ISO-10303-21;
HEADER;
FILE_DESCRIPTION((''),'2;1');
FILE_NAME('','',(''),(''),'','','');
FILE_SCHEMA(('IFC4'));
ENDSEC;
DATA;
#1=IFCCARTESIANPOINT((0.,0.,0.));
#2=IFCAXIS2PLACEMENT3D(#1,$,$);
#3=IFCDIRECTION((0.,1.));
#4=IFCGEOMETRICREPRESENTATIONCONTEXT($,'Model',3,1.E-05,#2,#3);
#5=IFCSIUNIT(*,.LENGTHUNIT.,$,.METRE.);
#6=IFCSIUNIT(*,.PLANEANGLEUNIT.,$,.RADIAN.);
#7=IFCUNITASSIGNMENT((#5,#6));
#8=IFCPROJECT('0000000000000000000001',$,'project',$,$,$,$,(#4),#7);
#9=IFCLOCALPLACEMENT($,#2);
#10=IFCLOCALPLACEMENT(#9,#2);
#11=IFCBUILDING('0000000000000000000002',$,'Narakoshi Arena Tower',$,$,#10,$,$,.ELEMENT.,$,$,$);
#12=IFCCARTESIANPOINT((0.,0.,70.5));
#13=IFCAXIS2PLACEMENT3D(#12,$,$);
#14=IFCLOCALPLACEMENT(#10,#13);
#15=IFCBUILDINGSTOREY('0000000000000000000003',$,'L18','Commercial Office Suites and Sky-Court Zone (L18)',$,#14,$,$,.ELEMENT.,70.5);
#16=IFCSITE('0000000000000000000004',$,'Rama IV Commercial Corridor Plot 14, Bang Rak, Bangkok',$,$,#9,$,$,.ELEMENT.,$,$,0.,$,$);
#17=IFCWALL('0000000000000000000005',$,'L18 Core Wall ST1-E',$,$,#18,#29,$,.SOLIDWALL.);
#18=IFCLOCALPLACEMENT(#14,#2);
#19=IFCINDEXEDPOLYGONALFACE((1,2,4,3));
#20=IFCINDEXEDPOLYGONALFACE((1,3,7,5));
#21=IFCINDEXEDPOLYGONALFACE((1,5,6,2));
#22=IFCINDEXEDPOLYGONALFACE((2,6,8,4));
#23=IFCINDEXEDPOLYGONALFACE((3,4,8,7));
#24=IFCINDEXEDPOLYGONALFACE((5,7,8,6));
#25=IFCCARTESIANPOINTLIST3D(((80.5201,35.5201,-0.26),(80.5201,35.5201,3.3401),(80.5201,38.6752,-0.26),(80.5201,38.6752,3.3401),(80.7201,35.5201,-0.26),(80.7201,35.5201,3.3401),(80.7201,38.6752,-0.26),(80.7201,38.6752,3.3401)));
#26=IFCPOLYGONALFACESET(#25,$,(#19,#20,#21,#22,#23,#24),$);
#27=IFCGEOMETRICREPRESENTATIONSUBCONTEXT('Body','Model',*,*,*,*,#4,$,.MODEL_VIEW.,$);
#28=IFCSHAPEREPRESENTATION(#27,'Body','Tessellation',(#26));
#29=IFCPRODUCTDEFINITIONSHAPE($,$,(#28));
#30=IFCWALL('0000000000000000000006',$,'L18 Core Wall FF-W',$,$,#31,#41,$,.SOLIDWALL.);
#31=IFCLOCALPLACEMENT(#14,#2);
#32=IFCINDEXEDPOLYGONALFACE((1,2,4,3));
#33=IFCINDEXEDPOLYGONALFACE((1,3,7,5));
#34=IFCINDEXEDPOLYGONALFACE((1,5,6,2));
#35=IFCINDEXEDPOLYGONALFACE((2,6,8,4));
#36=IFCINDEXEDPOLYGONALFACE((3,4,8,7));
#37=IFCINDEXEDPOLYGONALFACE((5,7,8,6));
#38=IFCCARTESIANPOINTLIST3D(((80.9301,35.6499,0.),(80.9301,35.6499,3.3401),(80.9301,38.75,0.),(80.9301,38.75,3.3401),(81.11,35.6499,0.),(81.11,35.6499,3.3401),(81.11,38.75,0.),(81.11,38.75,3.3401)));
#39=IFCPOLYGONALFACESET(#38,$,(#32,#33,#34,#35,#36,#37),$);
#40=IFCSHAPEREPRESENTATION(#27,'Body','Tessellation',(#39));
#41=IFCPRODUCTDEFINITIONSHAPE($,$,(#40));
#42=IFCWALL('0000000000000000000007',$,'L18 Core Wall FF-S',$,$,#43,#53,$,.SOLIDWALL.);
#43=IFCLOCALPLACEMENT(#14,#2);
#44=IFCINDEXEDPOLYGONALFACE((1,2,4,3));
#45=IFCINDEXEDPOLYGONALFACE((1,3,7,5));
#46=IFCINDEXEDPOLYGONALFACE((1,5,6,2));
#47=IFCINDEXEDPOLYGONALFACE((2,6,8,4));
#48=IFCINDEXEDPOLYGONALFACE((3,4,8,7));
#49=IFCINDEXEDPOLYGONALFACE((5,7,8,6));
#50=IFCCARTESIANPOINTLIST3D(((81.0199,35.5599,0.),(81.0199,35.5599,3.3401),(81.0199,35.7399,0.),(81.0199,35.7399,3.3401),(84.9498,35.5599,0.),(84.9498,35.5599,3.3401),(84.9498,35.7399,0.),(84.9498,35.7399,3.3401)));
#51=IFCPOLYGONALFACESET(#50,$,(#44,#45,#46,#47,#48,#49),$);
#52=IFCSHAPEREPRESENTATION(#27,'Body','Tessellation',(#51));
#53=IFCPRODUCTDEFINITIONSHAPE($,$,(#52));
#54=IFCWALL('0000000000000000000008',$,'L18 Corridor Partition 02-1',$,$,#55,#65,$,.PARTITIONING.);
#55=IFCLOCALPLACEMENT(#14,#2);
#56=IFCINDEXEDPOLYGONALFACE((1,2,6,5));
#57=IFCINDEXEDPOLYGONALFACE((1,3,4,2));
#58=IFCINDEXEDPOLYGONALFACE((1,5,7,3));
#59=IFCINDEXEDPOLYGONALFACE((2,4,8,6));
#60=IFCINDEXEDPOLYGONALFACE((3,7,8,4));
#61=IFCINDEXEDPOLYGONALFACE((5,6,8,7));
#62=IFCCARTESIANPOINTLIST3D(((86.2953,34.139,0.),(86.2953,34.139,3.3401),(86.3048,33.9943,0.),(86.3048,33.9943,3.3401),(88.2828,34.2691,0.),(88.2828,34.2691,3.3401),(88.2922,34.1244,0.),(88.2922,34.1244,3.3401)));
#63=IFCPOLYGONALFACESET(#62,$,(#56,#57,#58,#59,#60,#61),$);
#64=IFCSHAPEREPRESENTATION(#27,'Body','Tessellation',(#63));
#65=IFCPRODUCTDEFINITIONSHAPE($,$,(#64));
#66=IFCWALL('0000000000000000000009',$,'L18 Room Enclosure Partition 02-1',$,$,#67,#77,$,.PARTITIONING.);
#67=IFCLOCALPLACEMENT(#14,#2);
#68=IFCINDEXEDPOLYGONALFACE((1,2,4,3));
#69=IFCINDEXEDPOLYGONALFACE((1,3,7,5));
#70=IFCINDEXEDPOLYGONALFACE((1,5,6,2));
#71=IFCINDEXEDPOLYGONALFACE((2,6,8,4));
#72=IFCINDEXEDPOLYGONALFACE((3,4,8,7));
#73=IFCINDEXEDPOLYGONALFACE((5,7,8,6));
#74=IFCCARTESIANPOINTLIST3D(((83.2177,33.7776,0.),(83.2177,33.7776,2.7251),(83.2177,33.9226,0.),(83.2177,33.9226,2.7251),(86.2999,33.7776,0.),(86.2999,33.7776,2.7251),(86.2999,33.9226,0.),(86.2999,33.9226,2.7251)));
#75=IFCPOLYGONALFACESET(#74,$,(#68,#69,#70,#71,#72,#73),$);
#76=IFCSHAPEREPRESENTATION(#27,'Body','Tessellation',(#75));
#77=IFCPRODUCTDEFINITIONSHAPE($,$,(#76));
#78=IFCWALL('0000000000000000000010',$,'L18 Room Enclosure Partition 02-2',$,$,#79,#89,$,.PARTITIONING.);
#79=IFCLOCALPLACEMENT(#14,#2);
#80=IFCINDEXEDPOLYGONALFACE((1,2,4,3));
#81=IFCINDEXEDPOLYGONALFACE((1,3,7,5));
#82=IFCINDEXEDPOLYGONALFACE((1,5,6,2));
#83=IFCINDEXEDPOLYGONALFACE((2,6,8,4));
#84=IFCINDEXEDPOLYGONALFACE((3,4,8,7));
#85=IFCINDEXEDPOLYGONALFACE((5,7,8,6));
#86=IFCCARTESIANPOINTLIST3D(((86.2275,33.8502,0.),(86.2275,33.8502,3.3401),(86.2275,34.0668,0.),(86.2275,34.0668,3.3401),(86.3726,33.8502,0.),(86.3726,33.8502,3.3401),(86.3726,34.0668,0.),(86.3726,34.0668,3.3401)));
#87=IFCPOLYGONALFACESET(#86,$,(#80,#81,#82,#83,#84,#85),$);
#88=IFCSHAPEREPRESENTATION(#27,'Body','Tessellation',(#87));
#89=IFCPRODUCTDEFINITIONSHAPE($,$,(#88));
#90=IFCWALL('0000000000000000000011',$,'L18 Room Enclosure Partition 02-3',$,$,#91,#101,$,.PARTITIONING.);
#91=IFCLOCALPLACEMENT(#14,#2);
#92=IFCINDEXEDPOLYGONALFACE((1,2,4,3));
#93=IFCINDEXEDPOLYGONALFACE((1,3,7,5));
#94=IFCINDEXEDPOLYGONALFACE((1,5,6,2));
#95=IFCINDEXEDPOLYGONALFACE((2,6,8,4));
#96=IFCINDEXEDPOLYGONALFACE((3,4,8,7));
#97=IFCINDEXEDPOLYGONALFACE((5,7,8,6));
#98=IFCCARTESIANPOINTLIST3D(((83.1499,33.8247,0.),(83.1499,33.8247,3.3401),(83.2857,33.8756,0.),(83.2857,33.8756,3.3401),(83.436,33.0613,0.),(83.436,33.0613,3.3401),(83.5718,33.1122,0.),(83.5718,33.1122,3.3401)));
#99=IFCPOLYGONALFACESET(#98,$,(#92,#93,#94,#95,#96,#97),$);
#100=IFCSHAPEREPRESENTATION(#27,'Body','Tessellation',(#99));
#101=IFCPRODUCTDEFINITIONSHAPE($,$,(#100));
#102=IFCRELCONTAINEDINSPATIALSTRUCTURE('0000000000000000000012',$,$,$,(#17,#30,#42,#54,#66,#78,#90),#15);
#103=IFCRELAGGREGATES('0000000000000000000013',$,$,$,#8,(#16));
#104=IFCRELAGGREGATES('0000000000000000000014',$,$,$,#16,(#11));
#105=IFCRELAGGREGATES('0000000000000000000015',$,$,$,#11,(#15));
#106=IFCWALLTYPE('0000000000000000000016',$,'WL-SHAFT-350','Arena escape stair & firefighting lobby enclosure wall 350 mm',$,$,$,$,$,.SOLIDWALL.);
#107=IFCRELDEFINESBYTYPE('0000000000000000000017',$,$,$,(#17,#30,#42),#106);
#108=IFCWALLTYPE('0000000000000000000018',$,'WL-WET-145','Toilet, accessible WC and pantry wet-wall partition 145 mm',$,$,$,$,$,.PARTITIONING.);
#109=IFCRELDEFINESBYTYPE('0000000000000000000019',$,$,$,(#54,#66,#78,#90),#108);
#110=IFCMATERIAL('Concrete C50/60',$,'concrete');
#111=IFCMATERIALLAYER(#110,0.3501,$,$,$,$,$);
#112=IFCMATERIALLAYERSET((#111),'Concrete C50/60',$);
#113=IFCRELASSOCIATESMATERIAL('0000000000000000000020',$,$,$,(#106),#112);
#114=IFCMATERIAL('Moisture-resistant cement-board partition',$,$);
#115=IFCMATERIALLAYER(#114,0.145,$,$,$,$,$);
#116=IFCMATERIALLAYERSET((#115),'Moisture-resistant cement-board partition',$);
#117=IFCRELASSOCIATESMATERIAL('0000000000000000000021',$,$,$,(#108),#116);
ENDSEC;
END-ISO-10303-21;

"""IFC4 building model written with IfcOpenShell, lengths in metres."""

from ifc_helpers import new_model, si_unit, direction, frame, frame_2d, origin, place, context, subcontext, project, spatial, rectangle, extrude, material, layer, layer_set, type_object, element, save


model = new_model("IFC4")

# Units and contexts
model_context = context("Model", 3, precision=1e-05, world=origin(), true_north=direction((0.0, 1.0)))
body_context = subcontext(model_context, "Body", "Model", "MODEL_VIEW")
ifc_project = project(units=[si_unit("LENGTHUNIT", "METRE"), si_unit("PLANEANGLEUNIT", "RADIAN")], contexts=[model_context])

# Site, building, storey
site_placement = place(None, origin())
site = spatial("IfcSite", under=ifc_project, at=site_placement, Name="Rama IV Commercial Corridor Plot 14, Bang Rak, Bangkok", CompositionType="ELEMENT", RefElevation=0.0)
building_placement = place(site_placement, origin())
building = spatial("IfcBuilding", under=site, at=building_placement, Name="Narakoshi Arena Tower", CompositionType="ELEMENT")
storey_placement = place(building_placement, frame((0.0, 0.0, 70.5)))
storey = spatial("IfcBuildingStorey", under=building, at=storey_placement, Name="L18", Description="Commercial Office Suites and Sky-Court Zone (L18)", CompositionType="ELEMENT", Elevation=70.5)

# Walls
ifc_material_1 = material(Name="Concrete C50/60", Category="concrete")
ifc_layer_1 = layer(ifc_material_1, 0.3501)
ifc_layer_set_1 = layer_set([ifc_layer_1], Name="Concrete C50/60")
wall_type_1 = type_object("IfcWallType", Name="WL-SHAFT-350", Description="Arena escape stair & firefighting lobby enclosure wall 350 mm", PredefinedType="SOLIDWALL", material=ifc_layer_set_1)
wall_1_placement = place(storey_placement, frame((80.6201, 35.52, -0.26), z_axis=(0.0, 0.0, 1.0), x_axis=(0.0, 1.0, 0.0)))
element("IfcWall", 1, at=wall_1_placement, inside=storey, type_object=wall_type_1, Name="L18 Core Wall ST1-E", PredefinedType="SOLIDWALL", context=body_context, shape_type="SweptSolid", body=[
    extrude(rectangle(XDim=3.155, YDim=0.2, at=frame_2d((1.5776, 0.0))), origin(), (0.0, 0.0, 1.0), 3.6001),
])
wall_2_placement = place(storey_placement, frame((81.02, 35.6499, 0.0), z_axis=(0.0, 0.0, 1.0), x_axis=(0.0, 1.0, 0.0)))
element("IfcWall", 2, at=wall_2_placement, inside=storey, type_object=wall_type_1, Name="L18 Core Wall FF-W", PredefinedType="SOLIDWALL", context=body_context, shape_type="SweptSolid", body=[
    extrude(rectangle(XDim=3.1001, YDim=0.1799, at=frame_2d((1.55, 0.0))), origin(), (0.0, 0.0, 1.0), 3.3401),
])
wall_3_placement = place(storey_placement, frame((81.02, 35.6499, 0.0), z_axis=(0.0, 0.0, 1.0), x_axis=(1.0, 0.0, 0.0)))
element("IfcWall", 3, at=wall_3_placement, inside=storey, type_object=wall_type_1, Name="L18 Core Wall FF-S", PredefinedType="SOLIDWALL", context=body_context, shape_type="SweptSolid", body=[
    extrude(rectangle(XDim=3.9299, YDim=0.1799, at=frame_2d((1.9648, 0.0))), origin(), (0.0, 0.0, 1.0), 3.3401),
])
ifc_material_2 = material(Name="Moisture-resistant cement-board partition")
ifc_layer_2 = layer(ifc_material_2, 0.145)
ifc_layer_set_2 = layer_set([ifc_layer_2], Name="Moisture-resistant cement-board partition")
wall_type_2 = type_object("IfcWallType", Name="WL-WET-145", Description="Toilet, accessible WC and pantry wet-wall partition 145 mm", PredefinedType="PARTITIONING", material=ifc_layer_set_2)
wall_4_placement = place(storey_placement, frame((86.3, 34.0667, 0.0), z_axis=(0.0, 0.0, 1.0), x_axis=(0.997864, 0.065331, 0.0)))
element("IfcWall", 4, at=wall_4_placement, inside=storey, type_object=wall_type_2, Name="L18 Corridor Partition 02-1", PredefinedType="PARTITIONING", context=body_context, shape_type="SweptSolid", body=[
    extrude(rectangle(XDim=1.9917, YDim=0.145, at=frame_2d((0.9958, 0.0))), origin(), (0.0, 0.0, 1.0), 3.3401),
])

# Walls
wall_5_placement = place(storey_placement, frame((83.2178, 33.8501, 0.0), z_axis=(0.0, 0.0, 1.0), x_axis=(1.0, 0.0, 0.0)))
element("IfcWall", 5, at=wall_5_placement, inside=storey, type_object=wall_type_2, Name="L18 Room Enclosure Partition 02-1", PredefinedType="PARTITIONING", context=body_context, shape_type="SweptSolid", body=[
    extrude(rectangle(XDim=3.0823, YDim=0.145, at=frame_2d((1.541, 0.0))), origin(), (0.0, 0.0, 1.0), 2.7251),
])
wall_6_placement = place(storey_placement, frame((86.3, 33.8501, 0.0), z_axis=(0.0, 0.0, 1.0), x_axis=(0.0, 1.0, 0.0)))
element("IfcWall", 6, at=wall_6_placement, inside=storey, type_object=wall_type_2, Name="L18 Room Enclosure Partition 02-2", PredefinedType="PARTITIONING", context=body_context, shape_type="SweptSolid", body=[
    extrude(rectangle(XDim=0.2166, YDim=0.145, at=frame_2d((0.1084, 0.0))), origin(), (0.0, 0.0, 1.0), 3.3401),
])
wall_7_placement = place(storey_placement, frame((83.5039, 33.0867, 0.0), z_axis=(0.0, 0.0, 1.0), x_axis=(-0.350959, 0.936391, 0.0)))
element("IfcWall", 7, at=wall_7_placement, inside=storey, type_object=wall_type_2, Name="L18 Room Enclosure Partition 02-3", PredefinedType="PARTITIONING", context=body_context, shape_type="SweptSolid", body=[
    extrude(rectangle(XDim=0.8152, YDim=0.145, at=frame_2d((0.4077, 0.0))), origin(), (0.0, 0.0, 1.0), 3.3401),
])

save(model, "model.ifc")
